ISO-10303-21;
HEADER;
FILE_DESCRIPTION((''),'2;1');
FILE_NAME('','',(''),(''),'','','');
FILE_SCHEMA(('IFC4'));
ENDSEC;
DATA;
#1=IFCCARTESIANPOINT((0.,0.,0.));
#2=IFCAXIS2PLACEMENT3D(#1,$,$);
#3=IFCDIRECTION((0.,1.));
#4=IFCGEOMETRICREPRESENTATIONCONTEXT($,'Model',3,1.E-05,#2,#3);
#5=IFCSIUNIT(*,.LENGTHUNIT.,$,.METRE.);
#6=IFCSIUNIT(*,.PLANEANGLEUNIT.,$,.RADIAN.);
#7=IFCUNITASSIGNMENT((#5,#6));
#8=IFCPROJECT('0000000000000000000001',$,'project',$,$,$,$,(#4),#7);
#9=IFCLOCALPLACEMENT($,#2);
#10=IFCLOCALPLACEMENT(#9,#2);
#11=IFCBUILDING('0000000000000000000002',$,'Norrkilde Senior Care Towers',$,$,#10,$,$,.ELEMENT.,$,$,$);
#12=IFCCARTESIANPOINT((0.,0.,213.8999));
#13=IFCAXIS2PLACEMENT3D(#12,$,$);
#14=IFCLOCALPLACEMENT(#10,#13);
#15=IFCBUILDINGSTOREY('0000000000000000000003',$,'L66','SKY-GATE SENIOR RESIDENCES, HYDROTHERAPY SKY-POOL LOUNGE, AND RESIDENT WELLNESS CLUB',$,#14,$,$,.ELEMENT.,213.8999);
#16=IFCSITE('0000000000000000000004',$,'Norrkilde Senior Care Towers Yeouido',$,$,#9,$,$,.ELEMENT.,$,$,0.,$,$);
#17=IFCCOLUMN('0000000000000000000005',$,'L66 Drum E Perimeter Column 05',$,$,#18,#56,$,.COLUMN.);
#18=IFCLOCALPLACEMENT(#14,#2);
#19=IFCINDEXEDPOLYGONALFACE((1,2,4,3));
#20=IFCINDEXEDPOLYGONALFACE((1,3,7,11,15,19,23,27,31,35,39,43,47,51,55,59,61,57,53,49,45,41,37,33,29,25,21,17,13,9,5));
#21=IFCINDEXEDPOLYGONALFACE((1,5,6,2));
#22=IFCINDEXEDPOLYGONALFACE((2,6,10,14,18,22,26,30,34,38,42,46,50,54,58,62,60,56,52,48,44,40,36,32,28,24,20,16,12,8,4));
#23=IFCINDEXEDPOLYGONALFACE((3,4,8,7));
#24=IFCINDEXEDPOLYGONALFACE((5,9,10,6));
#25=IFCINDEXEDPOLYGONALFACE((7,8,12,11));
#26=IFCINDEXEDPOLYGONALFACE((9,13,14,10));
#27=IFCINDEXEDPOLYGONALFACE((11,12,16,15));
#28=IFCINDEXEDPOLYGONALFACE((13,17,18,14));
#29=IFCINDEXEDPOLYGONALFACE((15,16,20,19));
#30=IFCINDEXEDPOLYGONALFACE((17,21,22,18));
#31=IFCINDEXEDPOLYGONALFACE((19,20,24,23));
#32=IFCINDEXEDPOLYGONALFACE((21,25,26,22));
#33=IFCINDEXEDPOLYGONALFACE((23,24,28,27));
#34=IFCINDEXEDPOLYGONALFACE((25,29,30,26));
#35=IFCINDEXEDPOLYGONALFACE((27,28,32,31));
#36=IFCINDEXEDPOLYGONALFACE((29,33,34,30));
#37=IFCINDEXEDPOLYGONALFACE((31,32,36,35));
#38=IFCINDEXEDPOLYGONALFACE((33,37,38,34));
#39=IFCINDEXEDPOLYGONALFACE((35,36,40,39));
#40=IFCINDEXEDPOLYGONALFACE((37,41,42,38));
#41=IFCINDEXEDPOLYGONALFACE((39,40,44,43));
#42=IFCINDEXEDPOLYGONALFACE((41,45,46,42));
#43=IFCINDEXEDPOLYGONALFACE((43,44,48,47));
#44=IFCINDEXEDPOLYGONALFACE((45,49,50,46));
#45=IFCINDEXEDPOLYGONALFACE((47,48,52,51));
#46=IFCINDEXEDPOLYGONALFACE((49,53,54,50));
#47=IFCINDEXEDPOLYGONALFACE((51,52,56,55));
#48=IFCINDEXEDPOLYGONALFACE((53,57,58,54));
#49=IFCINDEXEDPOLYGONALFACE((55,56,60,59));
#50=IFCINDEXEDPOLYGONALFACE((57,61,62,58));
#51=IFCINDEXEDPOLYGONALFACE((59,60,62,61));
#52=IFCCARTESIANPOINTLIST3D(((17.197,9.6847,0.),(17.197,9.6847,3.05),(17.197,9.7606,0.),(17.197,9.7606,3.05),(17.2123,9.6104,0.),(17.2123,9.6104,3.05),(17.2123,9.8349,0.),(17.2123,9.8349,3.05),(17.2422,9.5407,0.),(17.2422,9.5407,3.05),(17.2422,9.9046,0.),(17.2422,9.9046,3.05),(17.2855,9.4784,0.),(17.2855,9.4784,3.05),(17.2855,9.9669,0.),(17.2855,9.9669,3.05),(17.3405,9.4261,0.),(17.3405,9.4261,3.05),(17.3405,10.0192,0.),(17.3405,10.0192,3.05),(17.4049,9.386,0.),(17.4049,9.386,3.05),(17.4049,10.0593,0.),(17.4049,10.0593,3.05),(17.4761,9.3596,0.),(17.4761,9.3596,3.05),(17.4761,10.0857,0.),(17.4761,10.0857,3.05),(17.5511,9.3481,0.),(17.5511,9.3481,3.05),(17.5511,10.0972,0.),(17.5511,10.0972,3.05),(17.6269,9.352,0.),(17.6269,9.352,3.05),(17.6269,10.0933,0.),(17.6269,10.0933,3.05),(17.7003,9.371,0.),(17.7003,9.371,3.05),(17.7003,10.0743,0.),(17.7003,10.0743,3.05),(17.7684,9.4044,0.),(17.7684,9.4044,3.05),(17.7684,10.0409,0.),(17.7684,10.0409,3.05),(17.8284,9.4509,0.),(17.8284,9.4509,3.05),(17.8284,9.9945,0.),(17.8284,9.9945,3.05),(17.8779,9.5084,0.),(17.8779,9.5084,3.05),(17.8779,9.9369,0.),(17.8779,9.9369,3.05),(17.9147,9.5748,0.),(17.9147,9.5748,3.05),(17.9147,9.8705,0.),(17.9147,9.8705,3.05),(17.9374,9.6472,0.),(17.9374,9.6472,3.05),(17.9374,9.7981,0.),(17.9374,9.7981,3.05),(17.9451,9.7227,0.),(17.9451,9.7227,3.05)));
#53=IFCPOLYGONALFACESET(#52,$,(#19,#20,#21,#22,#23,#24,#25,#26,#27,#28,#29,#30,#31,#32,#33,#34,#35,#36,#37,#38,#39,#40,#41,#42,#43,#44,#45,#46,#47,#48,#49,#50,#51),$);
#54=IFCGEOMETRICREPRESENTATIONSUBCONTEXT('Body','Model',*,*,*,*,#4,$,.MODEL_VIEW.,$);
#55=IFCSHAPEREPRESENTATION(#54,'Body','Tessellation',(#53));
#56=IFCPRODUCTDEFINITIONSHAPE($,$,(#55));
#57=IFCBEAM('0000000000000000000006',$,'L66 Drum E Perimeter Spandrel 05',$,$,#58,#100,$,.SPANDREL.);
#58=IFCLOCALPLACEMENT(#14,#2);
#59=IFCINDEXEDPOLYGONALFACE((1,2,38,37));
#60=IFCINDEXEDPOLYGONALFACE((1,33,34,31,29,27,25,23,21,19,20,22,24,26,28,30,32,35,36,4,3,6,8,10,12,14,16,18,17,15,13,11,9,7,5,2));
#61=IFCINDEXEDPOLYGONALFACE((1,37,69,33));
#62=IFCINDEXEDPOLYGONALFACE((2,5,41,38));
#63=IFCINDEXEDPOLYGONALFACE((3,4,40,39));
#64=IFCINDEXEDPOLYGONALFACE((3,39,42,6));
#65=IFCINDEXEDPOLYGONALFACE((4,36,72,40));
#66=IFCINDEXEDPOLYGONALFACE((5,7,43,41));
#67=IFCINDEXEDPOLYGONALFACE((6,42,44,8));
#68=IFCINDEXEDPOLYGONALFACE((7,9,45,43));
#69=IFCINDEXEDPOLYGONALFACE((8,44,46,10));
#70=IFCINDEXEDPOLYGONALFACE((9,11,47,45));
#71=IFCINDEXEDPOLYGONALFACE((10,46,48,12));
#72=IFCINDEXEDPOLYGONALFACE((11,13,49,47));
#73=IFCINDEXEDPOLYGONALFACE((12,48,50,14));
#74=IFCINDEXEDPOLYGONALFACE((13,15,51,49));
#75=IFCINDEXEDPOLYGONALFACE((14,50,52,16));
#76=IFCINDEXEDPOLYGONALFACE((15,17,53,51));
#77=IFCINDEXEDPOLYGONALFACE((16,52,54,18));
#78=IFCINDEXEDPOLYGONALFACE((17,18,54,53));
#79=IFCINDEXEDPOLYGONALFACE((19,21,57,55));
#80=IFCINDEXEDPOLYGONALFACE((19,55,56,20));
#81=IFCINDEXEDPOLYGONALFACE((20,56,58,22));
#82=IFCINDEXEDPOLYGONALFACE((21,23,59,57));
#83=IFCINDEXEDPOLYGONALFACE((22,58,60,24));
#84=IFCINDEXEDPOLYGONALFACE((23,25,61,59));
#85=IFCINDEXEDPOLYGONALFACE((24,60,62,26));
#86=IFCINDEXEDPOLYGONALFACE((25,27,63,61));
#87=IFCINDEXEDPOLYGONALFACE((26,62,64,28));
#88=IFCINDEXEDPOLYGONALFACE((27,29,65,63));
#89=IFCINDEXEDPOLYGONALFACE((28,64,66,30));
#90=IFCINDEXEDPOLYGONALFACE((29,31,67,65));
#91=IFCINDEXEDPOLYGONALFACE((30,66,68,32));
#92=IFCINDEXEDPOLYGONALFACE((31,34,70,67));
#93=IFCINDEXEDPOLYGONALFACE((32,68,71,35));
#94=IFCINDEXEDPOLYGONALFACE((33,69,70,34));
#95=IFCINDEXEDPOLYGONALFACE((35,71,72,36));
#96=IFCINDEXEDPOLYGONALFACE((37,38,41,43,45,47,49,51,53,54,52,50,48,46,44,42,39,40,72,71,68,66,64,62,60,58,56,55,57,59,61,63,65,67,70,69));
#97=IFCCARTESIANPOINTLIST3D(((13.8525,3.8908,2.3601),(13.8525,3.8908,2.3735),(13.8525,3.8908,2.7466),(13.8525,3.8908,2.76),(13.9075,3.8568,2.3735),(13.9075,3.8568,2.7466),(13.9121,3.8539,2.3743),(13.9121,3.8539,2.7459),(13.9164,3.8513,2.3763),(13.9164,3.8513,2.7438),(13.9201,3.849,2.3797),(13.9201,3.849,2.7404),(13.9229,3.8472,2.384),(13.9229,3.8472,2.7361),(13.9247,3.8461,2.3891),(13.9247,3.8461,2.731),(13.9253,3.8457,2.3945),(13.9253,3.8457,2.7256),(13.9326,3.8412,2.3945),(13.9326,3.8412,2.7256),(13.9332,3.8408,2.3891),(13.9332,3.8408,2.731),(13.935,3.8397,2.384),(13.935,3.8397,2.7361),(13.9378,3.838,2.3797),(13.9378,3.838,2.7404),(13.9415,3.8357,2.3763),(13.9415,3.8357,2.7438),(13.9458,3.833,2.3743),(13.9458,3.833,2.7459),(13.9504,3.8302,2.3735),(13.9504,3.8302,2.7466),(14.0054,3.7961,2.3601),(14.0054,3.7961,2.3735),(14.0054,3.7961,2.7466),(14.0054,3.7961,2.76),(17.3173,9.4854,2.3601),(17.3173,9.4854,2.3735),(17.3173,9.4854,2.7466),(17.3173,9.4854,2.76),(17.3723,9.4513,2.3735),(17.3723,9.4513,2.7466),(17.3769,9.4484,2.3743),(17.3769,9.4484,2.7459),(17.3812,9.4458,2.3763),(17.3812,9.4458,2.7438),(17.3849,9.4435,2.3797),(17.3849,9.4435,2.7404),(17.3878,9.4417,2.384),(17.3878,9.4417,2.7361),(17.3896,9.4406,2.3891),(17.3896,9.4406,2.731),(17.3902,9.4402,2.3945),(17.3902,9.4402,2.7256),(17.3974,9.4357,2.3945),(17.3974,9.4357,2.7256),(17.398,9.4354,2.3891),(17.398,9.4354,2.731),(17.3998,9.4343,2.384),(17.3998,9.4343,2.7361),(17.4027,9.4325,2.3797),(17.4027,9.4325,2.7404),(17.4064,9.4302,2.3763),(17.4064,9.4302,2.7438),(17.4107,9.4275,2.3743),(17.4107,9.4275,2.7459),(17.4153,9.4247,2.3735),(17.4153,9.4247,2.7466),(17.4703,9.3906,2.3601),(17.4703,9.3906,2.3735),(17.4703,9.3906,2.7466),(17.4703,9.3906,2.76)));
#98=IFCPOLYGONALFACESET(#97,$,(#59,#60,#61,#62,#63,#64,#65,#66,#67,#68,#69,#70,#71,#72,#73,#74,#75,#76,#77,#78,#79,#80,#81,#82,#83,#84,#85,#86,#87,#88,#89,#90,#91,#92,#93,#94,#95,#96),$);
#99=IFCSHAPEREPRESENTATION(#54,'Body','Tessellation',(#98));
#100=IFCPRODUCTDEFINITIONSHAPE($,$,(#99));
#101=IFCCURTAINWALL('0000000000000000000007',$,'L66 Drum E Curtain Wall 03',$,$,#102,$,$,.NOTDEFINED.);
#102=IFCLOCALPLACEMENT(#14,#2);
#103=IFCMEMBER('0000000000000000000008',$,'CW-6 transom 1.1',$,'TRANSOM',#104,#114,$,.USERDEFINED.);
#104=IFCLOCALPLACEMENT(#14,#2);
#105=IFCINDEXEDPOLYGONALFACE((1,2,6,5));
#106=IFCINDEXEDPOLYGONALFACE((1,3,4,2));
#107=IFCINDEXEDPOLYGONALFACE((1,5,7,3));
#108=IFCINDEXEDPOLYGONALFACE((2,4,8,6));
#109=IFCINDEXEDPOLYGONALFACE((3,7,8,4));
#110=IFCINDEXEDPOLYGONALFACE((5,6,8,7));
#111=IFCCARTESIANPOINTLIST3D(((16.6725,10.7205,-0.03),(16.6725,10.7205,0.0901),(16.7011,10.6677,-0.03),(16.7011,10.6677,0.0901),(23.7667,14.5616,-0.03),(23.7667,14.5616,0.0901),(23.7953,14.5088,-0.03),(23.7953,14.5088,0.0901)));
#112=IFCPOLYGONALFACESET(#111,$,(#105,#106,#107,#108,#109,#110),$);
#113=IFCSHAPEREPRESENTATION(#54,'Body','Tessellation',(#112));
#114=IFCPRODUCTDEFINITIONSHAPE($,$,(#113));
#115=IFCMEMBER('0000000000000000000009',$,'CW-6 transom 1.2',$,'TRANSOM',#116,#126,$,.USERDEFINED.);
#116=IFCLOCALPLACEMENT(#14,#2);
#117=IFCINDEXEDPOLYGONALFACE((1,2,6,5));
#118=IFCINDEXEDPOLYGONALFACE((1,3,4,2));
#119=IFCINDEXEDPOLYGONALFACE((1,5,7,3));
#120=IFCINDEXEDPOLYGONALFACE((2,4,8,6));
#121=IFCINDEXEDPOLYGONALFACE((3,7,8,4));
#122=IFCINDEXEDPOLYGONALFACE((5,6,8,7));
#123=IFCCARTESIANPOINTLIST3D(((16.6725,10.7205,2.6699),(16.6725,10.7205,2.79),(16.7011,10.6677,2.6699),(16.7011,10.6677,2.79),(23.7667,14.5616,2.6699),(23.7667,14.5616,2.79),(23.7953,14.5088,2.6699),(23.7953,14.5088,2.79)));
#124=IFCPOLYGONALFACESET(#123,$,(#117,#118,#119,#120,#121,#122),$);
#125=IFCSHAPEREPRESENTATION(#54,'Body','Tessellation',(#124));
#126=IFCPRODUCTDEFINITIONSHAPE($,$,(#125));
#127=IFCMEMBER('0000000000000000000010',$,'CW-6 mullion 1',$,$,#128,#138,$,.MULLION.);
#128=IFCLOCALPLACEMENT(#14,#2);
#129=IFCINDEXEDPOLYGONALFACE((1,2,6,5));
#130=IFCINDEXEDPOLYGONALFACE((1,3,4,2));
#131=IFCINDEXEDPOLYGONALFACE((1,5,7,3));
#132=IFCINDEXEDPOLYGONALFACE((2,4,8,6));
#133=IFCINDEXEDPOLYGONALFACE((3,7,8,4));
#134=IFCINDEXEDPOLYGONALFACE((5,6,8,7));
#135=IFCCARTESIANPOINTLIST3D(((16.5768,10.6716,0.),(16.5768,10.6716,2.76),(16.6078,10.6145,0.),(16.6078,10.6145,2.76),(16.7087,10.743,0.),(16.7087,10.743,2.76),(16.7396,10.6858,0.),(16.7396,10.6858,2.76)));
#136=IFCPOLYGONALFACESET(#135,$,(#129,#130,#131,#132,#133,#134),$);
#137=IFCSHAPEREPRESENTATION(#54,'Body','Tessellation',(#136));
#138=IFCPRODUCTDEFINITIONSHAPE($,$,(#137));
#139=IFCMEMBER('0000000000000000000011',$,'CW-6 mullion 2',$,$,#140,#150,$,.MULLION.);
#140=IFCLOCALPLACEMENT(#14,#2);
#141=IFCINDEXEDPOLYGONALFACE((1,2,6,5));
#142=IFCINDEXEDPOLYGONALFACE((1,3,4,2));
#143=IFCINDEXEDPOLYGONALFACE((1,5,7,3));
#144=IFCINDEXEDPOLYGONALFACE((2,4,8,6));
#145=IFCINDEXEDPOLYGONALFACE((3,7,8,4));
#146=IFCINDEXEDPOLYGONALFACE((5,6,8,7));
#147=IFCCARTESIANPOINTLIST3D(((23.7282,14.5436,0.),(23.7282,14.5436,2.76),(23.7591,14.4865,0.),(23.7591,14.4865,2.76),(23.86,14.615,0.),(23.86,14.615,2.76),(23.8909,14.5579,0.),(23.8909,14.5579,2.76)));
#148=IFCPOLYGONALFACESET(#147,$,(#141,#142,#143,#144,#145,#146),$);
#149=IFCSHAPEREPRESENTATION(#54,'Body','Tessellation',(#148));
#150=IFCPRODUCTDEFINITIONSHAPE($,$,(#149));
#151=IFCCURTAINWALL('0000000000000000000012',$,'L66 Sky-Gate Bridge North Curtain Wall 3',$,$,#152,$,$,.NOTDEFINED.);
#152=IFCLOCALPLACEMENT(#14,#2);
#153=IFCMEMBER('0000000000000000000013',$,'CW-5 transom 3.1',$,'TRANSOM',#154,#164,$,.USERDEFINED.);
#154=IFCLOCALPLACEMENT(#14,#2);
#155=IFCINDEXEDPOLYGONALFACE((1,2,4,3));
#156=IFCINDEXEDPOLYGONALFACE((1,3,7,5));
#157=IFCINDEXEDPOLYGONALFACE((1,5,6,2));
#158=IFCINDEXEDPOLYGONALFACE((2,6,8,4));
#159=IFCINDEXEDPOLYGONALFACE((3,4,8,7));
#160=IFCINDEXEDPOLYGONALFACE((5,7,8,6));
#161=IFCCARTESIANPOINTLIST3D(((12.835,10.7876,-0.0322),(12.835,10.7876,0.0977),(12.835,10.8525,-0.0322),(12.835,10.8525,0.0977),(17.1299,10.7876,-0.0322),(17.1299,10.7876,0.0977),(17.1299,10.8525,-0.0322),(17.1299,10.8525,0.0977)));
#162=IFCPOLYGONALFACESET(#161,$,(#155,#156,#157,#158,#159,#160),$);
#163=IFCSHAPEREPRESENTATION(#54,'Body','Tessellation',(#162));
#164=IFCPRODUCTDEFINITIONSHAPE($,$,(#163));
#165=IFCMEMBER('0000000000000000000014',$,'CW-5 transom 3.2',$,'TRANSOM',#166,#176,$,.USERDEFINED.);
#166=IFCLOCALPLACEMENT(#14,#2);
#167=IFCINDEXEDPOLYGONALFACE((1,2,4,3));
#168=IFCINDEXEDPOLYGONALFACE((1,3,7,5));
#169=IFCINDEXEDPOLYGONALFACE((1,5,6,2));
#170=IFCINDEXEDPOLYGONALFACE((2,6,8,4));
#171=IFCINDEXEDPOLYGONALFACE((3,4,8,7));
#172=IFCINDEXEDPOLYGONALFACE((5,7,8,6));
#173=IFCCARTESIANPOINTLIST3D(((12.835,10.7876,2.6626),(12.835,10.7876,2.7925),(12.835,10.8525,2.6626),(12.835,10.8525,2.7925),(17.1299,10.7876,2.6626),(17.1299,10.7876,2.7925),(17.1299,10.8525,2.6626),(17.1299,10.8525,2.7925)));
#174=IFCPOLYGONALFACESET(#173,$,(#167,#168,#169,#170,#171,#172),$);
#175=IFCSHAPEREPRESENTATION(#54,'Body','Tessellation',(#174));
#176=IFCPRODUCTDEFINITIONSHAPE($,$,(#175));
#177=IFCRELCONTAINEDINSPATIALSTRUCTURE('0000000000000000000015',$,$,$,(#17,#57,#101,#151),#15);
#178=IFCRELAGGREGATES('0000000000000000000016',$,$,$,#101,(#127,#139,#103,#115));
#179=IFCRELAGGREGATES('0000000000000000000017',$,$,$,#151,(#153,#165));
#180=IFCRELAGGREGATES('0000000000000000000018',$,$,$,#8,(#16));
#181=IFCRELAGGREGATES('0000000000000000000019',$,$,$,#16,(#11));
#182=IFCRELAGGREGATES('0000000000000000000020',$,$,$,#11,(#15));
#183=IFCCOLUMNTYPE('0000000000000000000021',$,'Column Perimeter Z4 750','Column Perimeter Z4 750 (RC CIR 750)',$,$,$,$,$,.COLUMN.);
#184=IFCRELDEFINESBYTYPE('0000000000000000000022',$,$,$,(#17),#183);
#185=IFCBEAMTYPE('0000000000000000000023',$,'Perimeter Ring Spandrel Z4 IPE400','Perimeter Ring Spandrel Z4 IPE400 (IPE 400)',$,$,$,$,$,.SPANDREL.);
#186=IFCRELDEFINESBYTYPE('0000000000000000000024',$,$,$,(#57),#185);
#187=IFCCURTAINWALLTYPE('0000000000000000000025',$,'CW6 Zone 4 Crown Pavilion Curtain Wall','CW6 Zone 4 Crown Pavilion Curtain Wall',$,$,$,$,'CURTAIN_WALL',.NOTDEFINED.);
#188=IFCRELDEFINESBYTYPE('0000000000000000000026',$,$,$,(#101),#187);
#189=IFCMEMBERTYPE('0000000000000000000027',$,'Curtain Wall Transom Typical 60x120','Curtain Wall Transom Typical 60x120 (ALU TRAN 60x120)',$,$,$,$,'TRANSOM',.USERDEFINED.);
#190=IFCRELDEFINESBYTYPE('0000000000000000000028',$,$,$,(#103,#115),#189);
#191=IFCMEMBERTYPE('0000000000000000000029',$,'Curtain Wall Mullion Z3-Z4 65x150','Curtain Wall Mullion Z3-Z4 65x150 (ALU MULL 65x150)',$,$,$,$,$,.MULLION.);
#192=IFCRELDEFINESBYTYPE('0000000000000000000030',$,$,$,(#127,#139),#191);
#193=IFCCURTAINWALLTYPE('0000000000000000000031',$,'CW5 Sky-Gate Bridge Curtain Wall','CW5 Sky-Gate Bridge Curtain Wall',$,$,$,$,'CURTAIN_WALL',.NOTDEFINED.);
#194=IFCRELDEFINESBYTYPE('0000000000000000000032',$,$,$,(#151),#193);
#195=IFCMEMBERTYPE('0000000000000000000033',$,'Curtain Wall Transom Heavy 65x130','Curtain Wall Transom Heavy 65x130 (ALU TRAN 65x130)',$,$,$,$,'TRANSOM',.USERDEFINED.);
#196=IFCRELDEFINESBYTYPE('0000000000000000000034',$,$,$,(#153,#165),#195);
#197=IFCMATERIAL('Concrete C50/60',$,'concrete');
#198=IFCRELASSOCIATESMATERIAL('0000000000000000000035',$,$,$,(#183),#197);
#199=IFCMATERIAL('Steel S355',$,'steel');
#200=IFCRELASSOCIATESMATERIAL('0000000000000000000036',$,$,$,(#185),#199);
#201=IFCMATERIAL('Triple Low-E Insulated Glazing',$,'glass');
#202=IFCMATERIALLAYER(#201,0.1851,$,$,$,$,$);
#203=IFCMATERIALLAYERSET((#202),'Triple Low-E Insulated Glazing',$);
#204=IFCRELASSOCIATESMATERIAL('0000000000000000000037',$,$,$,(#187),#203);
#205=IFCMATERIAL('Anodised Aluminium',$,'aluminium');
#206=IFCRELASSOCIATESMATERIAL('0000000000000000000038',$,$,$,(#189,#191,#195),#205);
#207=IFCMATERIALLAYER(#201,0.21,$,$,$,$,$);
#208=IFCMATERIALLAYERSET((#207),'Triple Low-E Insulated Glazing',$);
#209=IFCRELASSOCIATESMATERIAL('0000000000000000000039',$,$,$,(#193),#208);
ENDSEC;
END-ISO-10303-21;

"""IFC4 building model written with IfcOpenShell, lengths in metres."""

from ifc_helpers import new_model, si_unit, direction, frame, origin, origin_2d, place, context, subcontext, project, spatial, rectangle, circle, i_section, extrude, source, transform, mapped, material, layer, layer_set, material_profile, profile_set, type_object, type_shapes, element, aggregate, save


model = new_model("IFC4")

# Units and contexts
model_context = context("Model", 3, precision=1e-05, world=origin(), true_north=direction((0.0, 1.0)))
body_context = subcontext(model_context, "Body", "Model", "MODEL_VIEW")
ifc_project = project(units=[si_unit("LENGTHUNIT", "METRE"), si_unit("PLANEANGLEUNIT", "RADIAN")], contexts=[model_context])

# Site, building, storey
site_placement = place(None, origin())
site = spatial("IfcSite", under=ifc_project, at=site_placement, Name="Norrkilde Senior Care Towers Yeouido", CompositionType="ELEMENT", RefElevation=0.0)
building_placement = place(site_placement, origin())
building = spatial("IfcBuilding", under=site, at=building_placement, Name="Norrkilde Senior Care Towers", CompositionType="ELEMENT")
storey_placement = place(building_placement, frame((0.0, 0.0, 213.8999)))
storey = spatial("IfcBuildingStorey", under=building, at=storey_placement, Name="L66", Description="SKY-GATE SENIOR RESIDENCES, HYDROTHERAPY SKY-POOL LOUNGE, AND RESIDENT WELLNESS CLUB", CompositionType="ELEMENT", Elevation=213.8999)

# Column
ifc_material_1 = material(Name="Concrete C50/60", Category="concrete")
ifc_material_profile_1 = material_profile(ifc_material_1, circle(Radius=0.375, at=origin_2d()), Name="RC CIR 750")
ifc_profile_set_1 = profile_set([ifc_material_profile_1], Name="Concrete C50/60")
column_type = type_object("IfcColumnType", Name="Column Perimeter Z4 750", Description="Column Perimeter Z4 750 (RC CIR 750)", PredefinedType="COLUMN", material=ifc_profile_set_1)
shared_shape_1 = source(origin(), body_context, "Body", "SweptSolid", [
    extrude(circle(Radius=0.375, at=origin_2d()), origin(), (0.0, 0.0, 1.0), 3.05),
])
type_shapes(column_type, [shared_shape_1])
column_placement = place(storey_placement, frame((17.5701, 9.7227, 0.0), z_axis=(0.0, 0.0, 1.0), x_axis=(1.0, 0.0, 0.0)))
element("IfcColumn", 1, at=column_placement, inside=storey, type_object=column_type, Name="L66 Drum E Perimeter Column 05", PredefinedType="COLUMN", context=body_context, shape_type="MappedRepresentation", body=[
    mapped(shared_shape_1, transform((0.0, 0.0, 0.0), x_axis=(1.0, 0.0, 0.0), y_axis=(0.0, 1.0, 0.0), z_axis=(0.0, 0.0, 1.0), scale=1.0)),
])

# Beam
ifc_material_2 = material(Name="Steel S355", Category="steel")
ifc_material_profile_2 = material_profile(ifc_material_2, i_section(OverallWidth=0.1799, OverallDepth=0.3999, WebThickness=0.0085, FlangeThickness=0.0134, FilletRadius=0.021, at=origin_2d()), Name="IPE 400")
ifc_profile_set_2 = profile_set([ifc_material_profile_2], Name="Steel S355")
beam_type = type_object("IfcBeamType", Name="Perimeter Ring Spandrel Z4 IPE400", Description="Perimeter Ring Spandrel Z4 IPE400 (IPE 400)", PredefinedType="SPANDREL", material=ifc_profile_set_2)
shared_shape_2 = source(origin(), body_context, "Body", "SweptSolid", [
    extrude(i_section(OverallWidth=0.1799, OverallDepth=0.3999, WebThickness=0.0085, FlangeThickness=0.0134, FilletRadius=0.021, at=origin_2d()), origin(), (0.0, 0.0, 1.0), 6.5806),
])
type_shapes(beam_type, [shared_shape_2])
beam_placement = place(storey_placement, frame((17.3938, 9.438, 2.5601), z_axis=(-0.52653, -0.850157, 0.0), x_axis=(0.850157, -0.52653, 0.0)))
element("IfcBeam", 2, at=beam_placement, inside=storey, type_object=beam_type, Name="L66 Drum E Perimeter Spandrel 05", PredefinedType="SPANDREL", context=body_context, shape_type="MappedRepresentation", body=[
    mapped(shared_shape_2, transform((0.0, 0.0, 0.0), x_axis=(1.0, 0.0, 0.0), y_axis=(0.0, 1.0, 0.0), z_axis=(0.0, 0.0, 1.0), scale=1.0)),
])

# Curtain walls, members
ifc_material_3 = material(Name="Triple Low-E Insulated Glazing", Category="glass")
ifc_layer_1 = layer(ifc_material_3, 0.1851)
ifc_layer_set_1 = layer_set([ifc_layer_1], Name="Triple Low-E Insulated Glazing")
curtain_wall_type_1 = type_object("IfcCurtainWallType", Name="CW6 Zone 4 Crown Pavilion Curtain Wall", Description="CW6 Zone 4 Crown Pavilion Curtain Wall", ElementType="CURTAIN_WALL", PredefinedType="NOTDEFINED", material=ifc_layer_set_1)
curtain_wall_1_placement = place(storey_placement, origin())
curtain_wall_1 = element("IfcCurtainWall", 3, at=curtain_wall_1_placement, inside=storey, type_object=curtain_wall_type_1, Name="L66 Drum E Curtain Wall 03", PredefinedType="NOTDEFINED")
ifc_material_4 = material(Name="Anodised Aluminium", Category="aluminium")
ifc_material_profile_3 = material_profile(ifc_material_4, rectangle(XDim=0.0601, YDim=0.1201, at=origin_2d()), Name="ALU TRAN 60x120")
ifc_profile_set_3 = profile_set([ifc_material_profile_3], Name="Anodised Aluminium")
member_type_1 = type_object("IfcMemberType", Name="Curtain Wall Transom Typical 60x120", Description="Curtain Wall Transom Typical 60x120 (ALU TRAN 60x120)", ElementType="TRANSOM", PredefinedType="USERDEFINED", material=ifc_profile_set_3)
shared_shape_3 = source(origin(), body_context, "Body", "SweptSolid", [
    extrude(rectangle(XDim=0.0601, YDim=0.1201, at=origin_2d()), origin(), (0.0, 0.0, 1.0), 8.0674),
])
type_shapes(member_type_1, [shared_shape_3])
member_1_placement = place(storey_placement, frame((16.6868, 10.6941, 0.03), z_axis=(0.879378, 0.476125, 0.0), x_axis=(-0.476125, 0.879378, 0.0)))
member_1 = element("IfcMember", 4, at=member_1_placement, type_object=member_type_1, Name="CW-6 transom 1.1", ObjectType="TRANSOM", PredefinedType="USERDEFINED", context=body_context, shape_type="MappedRepresentation", body=[
    mapped(shared_shape_3, transform((0.0, 0.0, 0.0), x_axis=(1.0, 0.0, 0.0), y_axis=(0.0, 1.0, 0.0), z_axis=(0.0, 0.0, 1.0), scale=1.0)),
])
member_2_placement = place(storey_placement, frame((16.6868, 10.6941, 2.73), z_axis=(0.879378, 0.476125, 0.0), x_axis=(-0.476125, 0.879378, 0.0)))
member_2 = element("IfcMember", 5, at=member_2_placement, type_object=member_type_1, Name="CW-6 transom 1.2", ObjectType="TRANSOM", PredefinedType="USERDEFINED", context=body_context, shape_type="MappedRepresentation", body=[
    mapped(shared_shape_3, transform((0.0, 0.0, 0.0), x_axis=(1.0, 0.0, 0.0), y_axis=(0.0, 1.0, 0.0), z_axis=(0.0, 0.0, 1.0), scale=1.0)),
])
ifc_material_profile_4 = material_profile(ifc_material_4, rectangle(XDim=0.0649, YDim=0.1499, at=origin_2d()), Name="ALU MULL 65x150")
ifc_profile_set_4 = profile_set([ifc_material_profile_4], Name="Anodised Aluminium")
member_type_2 = type_object("IfcMemberType", Name="Curtain Wall Mullion Z3-Z4 65x150", Description="Curtain Wall Mullion Z3-Z4 65x150 (ALU MULL 65x150)", PredefinedType="MULLION", material=ifc_profile_set_4)
shared_shape_4 = source(origin(), body_context, "Body", "SweptSolid", [
    extrude(rectangle(XDim=0.0649, YDim=0.1499, at=origin_2d()), origin(), (0.0, 0.0, 1.0), 2.76),
])
type_shapes(member_type_2, [shared_shape_4])
member_3_placement = place(storey_placement, frame((16.6582, 10.6787, 0.0), z_axis=(0.0, 0.0, 1.0), x_axis=(-0.476133, 0.879373, 0.0)))
member_3 = element("IfcMember", 6, at=member_3_placement, type_object=member_type_2, Name="CW-6 mullion 1", PredefinedType="MULLION", context=body_context, shape_type="MappedRepresentation", body=[
    mapped(shared_shape_4, transform((0.0, 0.0, 0.0), x_axis=(1.0, 0.0, 0.0), y_axis=(0.0, 1.0, 0.0), z_axis=(0.0, 0.0, 1.0), scale=1.0)),
])
member_4_placement = place(storey_placement, frame((23.8096, 14.5508, 0.0), z_axis=(0.0, 0.0, 1.0), x_axis=(-0.476133, 0.879373, 0.0)))
member_4 = element("IfcMember", 7, at=member_4_placement, type_object=member_type_2, Name="CW-6 mullion 2", PredefinedType="MULLION", context=body_context, shape_type="MappedRepresentation", body=[
    mapped(shared_shape_4, transform((0.0, 0.0, 0.0), x_axis=(1.0, 0.0, 0.0), y_axis=(0.0, 1.0, 0.0), z_axis=(0.0, 0.0, 1.0), scale=1.0)),
])
ifc_layer_2 = layer(ifc_material_3, 0.21)
ifc_layer_set_2 = layer_set([ifc_layer_2], Name="Triple Low-E Insulated Glazing")
curtain_wall_type_2 = type_object("IfcCurtainWallType", Name="CW5 Sky-Gate Bridge Curtain Wall", Description="CW5 Sky-Gate Bridge Curtain Wall", ElementType="CURTAIN_WALL", PredefinedType="NOTDEFINED", material=ifc_layer_set_2)
curtain_wall_2_placement = place(storey_placement, origin())
curtain_wall_2 = element("IfcCurtainWall", 8, at=curtain_wall_2_placement, inside=storey, type_object=curtain_wall_type_2, Name="L66 Sky-Gate Bridge North Curtain Wall 3", PredefinedType="NOTDEFINED")
ifc_material_profile_5 = material_profile(ifc_material_4, rectangle(XDim=0.0649, YDim=0.1299, at=origin_2d()), Name="ALU TRAN 65x130")
ifc_profile_set_5 = profile_set([ifc_material_profile_5], Name="Anodised Aluminium")
member_type_3 = type_object("IfcMemberType", Name="Curtain Wall Transom Heavy 65x130", Description="Curtain Wall Transom Heavy 65x130 (ALU TRAN 65x130)", ElementType="TRANSOM", PredefinedType="USERDEFINED", material=ifc_profile_set_5)
shared_shape_5 = source(origin(), body_context, "Body", "SweptSolid", [
    extrude(rectangle(XDim=0.0649, YDim=0.1299, at=origin_2d()), origin(), (0.0, 0.0, 1.0), 4.2949),
])
type_shapes(member_type_3, [shared_shape_5])
member_5_placement = place(storey_placement, frame((12.835, 10.8201, 0.0327), z_axis=(1.0, 0.0, 0.0), x_axis=(0.0, 1.0, 0.0)))
member_5 = element("IfcMember", 9, at=member_5_placement, type_object=member_type_3, Name="CW-5 transom 3.1", ObjectType="TRANSOM", PredefinedType="USERDEFINED", context=body_context, shape_type="MappedRepresentation", body=[
    mapped(shared_shape_5, transform((0.0, 0.0, 0.0), x_axis=(1.0, 0.0, 0.0), y_axis=(0.0, 1.0, 0.0), z_axis=(0.0, 0.0, 1.0), scale=1.0)),
])
member_6_placement = place(storey_placement, frame((12.835, 10.8201, 2.7275), z_axis=(1.0, 0.0, 0.0), x_axis=(0.0, 1.0, 0.0)))
member_6 = element("IfcMember", 10, at=member_6_placement, type_object=member_type_3, Name="CW-5 transom 3.2", ObjectType="TRANSOM", PredefinedType="USERDEFINED", context=body_context, shape_type="MappedRepresentation", body=[
    mapped(shared_shape_5, transform((0.0, 0.0, 0.0), x_axis=(1.0, 0.0, 0.0), y_axis=(0.0, 1.0, 0.0), z_axis=(0.0, 0.0, 1.0), scale=1.0)),
])

aggregate(curtain_wall_1, [member_3, member_4, member_1, member_2])
aggregate(curtain_wall_2, [member_5, member_6])

save(model, "model.ifc")
